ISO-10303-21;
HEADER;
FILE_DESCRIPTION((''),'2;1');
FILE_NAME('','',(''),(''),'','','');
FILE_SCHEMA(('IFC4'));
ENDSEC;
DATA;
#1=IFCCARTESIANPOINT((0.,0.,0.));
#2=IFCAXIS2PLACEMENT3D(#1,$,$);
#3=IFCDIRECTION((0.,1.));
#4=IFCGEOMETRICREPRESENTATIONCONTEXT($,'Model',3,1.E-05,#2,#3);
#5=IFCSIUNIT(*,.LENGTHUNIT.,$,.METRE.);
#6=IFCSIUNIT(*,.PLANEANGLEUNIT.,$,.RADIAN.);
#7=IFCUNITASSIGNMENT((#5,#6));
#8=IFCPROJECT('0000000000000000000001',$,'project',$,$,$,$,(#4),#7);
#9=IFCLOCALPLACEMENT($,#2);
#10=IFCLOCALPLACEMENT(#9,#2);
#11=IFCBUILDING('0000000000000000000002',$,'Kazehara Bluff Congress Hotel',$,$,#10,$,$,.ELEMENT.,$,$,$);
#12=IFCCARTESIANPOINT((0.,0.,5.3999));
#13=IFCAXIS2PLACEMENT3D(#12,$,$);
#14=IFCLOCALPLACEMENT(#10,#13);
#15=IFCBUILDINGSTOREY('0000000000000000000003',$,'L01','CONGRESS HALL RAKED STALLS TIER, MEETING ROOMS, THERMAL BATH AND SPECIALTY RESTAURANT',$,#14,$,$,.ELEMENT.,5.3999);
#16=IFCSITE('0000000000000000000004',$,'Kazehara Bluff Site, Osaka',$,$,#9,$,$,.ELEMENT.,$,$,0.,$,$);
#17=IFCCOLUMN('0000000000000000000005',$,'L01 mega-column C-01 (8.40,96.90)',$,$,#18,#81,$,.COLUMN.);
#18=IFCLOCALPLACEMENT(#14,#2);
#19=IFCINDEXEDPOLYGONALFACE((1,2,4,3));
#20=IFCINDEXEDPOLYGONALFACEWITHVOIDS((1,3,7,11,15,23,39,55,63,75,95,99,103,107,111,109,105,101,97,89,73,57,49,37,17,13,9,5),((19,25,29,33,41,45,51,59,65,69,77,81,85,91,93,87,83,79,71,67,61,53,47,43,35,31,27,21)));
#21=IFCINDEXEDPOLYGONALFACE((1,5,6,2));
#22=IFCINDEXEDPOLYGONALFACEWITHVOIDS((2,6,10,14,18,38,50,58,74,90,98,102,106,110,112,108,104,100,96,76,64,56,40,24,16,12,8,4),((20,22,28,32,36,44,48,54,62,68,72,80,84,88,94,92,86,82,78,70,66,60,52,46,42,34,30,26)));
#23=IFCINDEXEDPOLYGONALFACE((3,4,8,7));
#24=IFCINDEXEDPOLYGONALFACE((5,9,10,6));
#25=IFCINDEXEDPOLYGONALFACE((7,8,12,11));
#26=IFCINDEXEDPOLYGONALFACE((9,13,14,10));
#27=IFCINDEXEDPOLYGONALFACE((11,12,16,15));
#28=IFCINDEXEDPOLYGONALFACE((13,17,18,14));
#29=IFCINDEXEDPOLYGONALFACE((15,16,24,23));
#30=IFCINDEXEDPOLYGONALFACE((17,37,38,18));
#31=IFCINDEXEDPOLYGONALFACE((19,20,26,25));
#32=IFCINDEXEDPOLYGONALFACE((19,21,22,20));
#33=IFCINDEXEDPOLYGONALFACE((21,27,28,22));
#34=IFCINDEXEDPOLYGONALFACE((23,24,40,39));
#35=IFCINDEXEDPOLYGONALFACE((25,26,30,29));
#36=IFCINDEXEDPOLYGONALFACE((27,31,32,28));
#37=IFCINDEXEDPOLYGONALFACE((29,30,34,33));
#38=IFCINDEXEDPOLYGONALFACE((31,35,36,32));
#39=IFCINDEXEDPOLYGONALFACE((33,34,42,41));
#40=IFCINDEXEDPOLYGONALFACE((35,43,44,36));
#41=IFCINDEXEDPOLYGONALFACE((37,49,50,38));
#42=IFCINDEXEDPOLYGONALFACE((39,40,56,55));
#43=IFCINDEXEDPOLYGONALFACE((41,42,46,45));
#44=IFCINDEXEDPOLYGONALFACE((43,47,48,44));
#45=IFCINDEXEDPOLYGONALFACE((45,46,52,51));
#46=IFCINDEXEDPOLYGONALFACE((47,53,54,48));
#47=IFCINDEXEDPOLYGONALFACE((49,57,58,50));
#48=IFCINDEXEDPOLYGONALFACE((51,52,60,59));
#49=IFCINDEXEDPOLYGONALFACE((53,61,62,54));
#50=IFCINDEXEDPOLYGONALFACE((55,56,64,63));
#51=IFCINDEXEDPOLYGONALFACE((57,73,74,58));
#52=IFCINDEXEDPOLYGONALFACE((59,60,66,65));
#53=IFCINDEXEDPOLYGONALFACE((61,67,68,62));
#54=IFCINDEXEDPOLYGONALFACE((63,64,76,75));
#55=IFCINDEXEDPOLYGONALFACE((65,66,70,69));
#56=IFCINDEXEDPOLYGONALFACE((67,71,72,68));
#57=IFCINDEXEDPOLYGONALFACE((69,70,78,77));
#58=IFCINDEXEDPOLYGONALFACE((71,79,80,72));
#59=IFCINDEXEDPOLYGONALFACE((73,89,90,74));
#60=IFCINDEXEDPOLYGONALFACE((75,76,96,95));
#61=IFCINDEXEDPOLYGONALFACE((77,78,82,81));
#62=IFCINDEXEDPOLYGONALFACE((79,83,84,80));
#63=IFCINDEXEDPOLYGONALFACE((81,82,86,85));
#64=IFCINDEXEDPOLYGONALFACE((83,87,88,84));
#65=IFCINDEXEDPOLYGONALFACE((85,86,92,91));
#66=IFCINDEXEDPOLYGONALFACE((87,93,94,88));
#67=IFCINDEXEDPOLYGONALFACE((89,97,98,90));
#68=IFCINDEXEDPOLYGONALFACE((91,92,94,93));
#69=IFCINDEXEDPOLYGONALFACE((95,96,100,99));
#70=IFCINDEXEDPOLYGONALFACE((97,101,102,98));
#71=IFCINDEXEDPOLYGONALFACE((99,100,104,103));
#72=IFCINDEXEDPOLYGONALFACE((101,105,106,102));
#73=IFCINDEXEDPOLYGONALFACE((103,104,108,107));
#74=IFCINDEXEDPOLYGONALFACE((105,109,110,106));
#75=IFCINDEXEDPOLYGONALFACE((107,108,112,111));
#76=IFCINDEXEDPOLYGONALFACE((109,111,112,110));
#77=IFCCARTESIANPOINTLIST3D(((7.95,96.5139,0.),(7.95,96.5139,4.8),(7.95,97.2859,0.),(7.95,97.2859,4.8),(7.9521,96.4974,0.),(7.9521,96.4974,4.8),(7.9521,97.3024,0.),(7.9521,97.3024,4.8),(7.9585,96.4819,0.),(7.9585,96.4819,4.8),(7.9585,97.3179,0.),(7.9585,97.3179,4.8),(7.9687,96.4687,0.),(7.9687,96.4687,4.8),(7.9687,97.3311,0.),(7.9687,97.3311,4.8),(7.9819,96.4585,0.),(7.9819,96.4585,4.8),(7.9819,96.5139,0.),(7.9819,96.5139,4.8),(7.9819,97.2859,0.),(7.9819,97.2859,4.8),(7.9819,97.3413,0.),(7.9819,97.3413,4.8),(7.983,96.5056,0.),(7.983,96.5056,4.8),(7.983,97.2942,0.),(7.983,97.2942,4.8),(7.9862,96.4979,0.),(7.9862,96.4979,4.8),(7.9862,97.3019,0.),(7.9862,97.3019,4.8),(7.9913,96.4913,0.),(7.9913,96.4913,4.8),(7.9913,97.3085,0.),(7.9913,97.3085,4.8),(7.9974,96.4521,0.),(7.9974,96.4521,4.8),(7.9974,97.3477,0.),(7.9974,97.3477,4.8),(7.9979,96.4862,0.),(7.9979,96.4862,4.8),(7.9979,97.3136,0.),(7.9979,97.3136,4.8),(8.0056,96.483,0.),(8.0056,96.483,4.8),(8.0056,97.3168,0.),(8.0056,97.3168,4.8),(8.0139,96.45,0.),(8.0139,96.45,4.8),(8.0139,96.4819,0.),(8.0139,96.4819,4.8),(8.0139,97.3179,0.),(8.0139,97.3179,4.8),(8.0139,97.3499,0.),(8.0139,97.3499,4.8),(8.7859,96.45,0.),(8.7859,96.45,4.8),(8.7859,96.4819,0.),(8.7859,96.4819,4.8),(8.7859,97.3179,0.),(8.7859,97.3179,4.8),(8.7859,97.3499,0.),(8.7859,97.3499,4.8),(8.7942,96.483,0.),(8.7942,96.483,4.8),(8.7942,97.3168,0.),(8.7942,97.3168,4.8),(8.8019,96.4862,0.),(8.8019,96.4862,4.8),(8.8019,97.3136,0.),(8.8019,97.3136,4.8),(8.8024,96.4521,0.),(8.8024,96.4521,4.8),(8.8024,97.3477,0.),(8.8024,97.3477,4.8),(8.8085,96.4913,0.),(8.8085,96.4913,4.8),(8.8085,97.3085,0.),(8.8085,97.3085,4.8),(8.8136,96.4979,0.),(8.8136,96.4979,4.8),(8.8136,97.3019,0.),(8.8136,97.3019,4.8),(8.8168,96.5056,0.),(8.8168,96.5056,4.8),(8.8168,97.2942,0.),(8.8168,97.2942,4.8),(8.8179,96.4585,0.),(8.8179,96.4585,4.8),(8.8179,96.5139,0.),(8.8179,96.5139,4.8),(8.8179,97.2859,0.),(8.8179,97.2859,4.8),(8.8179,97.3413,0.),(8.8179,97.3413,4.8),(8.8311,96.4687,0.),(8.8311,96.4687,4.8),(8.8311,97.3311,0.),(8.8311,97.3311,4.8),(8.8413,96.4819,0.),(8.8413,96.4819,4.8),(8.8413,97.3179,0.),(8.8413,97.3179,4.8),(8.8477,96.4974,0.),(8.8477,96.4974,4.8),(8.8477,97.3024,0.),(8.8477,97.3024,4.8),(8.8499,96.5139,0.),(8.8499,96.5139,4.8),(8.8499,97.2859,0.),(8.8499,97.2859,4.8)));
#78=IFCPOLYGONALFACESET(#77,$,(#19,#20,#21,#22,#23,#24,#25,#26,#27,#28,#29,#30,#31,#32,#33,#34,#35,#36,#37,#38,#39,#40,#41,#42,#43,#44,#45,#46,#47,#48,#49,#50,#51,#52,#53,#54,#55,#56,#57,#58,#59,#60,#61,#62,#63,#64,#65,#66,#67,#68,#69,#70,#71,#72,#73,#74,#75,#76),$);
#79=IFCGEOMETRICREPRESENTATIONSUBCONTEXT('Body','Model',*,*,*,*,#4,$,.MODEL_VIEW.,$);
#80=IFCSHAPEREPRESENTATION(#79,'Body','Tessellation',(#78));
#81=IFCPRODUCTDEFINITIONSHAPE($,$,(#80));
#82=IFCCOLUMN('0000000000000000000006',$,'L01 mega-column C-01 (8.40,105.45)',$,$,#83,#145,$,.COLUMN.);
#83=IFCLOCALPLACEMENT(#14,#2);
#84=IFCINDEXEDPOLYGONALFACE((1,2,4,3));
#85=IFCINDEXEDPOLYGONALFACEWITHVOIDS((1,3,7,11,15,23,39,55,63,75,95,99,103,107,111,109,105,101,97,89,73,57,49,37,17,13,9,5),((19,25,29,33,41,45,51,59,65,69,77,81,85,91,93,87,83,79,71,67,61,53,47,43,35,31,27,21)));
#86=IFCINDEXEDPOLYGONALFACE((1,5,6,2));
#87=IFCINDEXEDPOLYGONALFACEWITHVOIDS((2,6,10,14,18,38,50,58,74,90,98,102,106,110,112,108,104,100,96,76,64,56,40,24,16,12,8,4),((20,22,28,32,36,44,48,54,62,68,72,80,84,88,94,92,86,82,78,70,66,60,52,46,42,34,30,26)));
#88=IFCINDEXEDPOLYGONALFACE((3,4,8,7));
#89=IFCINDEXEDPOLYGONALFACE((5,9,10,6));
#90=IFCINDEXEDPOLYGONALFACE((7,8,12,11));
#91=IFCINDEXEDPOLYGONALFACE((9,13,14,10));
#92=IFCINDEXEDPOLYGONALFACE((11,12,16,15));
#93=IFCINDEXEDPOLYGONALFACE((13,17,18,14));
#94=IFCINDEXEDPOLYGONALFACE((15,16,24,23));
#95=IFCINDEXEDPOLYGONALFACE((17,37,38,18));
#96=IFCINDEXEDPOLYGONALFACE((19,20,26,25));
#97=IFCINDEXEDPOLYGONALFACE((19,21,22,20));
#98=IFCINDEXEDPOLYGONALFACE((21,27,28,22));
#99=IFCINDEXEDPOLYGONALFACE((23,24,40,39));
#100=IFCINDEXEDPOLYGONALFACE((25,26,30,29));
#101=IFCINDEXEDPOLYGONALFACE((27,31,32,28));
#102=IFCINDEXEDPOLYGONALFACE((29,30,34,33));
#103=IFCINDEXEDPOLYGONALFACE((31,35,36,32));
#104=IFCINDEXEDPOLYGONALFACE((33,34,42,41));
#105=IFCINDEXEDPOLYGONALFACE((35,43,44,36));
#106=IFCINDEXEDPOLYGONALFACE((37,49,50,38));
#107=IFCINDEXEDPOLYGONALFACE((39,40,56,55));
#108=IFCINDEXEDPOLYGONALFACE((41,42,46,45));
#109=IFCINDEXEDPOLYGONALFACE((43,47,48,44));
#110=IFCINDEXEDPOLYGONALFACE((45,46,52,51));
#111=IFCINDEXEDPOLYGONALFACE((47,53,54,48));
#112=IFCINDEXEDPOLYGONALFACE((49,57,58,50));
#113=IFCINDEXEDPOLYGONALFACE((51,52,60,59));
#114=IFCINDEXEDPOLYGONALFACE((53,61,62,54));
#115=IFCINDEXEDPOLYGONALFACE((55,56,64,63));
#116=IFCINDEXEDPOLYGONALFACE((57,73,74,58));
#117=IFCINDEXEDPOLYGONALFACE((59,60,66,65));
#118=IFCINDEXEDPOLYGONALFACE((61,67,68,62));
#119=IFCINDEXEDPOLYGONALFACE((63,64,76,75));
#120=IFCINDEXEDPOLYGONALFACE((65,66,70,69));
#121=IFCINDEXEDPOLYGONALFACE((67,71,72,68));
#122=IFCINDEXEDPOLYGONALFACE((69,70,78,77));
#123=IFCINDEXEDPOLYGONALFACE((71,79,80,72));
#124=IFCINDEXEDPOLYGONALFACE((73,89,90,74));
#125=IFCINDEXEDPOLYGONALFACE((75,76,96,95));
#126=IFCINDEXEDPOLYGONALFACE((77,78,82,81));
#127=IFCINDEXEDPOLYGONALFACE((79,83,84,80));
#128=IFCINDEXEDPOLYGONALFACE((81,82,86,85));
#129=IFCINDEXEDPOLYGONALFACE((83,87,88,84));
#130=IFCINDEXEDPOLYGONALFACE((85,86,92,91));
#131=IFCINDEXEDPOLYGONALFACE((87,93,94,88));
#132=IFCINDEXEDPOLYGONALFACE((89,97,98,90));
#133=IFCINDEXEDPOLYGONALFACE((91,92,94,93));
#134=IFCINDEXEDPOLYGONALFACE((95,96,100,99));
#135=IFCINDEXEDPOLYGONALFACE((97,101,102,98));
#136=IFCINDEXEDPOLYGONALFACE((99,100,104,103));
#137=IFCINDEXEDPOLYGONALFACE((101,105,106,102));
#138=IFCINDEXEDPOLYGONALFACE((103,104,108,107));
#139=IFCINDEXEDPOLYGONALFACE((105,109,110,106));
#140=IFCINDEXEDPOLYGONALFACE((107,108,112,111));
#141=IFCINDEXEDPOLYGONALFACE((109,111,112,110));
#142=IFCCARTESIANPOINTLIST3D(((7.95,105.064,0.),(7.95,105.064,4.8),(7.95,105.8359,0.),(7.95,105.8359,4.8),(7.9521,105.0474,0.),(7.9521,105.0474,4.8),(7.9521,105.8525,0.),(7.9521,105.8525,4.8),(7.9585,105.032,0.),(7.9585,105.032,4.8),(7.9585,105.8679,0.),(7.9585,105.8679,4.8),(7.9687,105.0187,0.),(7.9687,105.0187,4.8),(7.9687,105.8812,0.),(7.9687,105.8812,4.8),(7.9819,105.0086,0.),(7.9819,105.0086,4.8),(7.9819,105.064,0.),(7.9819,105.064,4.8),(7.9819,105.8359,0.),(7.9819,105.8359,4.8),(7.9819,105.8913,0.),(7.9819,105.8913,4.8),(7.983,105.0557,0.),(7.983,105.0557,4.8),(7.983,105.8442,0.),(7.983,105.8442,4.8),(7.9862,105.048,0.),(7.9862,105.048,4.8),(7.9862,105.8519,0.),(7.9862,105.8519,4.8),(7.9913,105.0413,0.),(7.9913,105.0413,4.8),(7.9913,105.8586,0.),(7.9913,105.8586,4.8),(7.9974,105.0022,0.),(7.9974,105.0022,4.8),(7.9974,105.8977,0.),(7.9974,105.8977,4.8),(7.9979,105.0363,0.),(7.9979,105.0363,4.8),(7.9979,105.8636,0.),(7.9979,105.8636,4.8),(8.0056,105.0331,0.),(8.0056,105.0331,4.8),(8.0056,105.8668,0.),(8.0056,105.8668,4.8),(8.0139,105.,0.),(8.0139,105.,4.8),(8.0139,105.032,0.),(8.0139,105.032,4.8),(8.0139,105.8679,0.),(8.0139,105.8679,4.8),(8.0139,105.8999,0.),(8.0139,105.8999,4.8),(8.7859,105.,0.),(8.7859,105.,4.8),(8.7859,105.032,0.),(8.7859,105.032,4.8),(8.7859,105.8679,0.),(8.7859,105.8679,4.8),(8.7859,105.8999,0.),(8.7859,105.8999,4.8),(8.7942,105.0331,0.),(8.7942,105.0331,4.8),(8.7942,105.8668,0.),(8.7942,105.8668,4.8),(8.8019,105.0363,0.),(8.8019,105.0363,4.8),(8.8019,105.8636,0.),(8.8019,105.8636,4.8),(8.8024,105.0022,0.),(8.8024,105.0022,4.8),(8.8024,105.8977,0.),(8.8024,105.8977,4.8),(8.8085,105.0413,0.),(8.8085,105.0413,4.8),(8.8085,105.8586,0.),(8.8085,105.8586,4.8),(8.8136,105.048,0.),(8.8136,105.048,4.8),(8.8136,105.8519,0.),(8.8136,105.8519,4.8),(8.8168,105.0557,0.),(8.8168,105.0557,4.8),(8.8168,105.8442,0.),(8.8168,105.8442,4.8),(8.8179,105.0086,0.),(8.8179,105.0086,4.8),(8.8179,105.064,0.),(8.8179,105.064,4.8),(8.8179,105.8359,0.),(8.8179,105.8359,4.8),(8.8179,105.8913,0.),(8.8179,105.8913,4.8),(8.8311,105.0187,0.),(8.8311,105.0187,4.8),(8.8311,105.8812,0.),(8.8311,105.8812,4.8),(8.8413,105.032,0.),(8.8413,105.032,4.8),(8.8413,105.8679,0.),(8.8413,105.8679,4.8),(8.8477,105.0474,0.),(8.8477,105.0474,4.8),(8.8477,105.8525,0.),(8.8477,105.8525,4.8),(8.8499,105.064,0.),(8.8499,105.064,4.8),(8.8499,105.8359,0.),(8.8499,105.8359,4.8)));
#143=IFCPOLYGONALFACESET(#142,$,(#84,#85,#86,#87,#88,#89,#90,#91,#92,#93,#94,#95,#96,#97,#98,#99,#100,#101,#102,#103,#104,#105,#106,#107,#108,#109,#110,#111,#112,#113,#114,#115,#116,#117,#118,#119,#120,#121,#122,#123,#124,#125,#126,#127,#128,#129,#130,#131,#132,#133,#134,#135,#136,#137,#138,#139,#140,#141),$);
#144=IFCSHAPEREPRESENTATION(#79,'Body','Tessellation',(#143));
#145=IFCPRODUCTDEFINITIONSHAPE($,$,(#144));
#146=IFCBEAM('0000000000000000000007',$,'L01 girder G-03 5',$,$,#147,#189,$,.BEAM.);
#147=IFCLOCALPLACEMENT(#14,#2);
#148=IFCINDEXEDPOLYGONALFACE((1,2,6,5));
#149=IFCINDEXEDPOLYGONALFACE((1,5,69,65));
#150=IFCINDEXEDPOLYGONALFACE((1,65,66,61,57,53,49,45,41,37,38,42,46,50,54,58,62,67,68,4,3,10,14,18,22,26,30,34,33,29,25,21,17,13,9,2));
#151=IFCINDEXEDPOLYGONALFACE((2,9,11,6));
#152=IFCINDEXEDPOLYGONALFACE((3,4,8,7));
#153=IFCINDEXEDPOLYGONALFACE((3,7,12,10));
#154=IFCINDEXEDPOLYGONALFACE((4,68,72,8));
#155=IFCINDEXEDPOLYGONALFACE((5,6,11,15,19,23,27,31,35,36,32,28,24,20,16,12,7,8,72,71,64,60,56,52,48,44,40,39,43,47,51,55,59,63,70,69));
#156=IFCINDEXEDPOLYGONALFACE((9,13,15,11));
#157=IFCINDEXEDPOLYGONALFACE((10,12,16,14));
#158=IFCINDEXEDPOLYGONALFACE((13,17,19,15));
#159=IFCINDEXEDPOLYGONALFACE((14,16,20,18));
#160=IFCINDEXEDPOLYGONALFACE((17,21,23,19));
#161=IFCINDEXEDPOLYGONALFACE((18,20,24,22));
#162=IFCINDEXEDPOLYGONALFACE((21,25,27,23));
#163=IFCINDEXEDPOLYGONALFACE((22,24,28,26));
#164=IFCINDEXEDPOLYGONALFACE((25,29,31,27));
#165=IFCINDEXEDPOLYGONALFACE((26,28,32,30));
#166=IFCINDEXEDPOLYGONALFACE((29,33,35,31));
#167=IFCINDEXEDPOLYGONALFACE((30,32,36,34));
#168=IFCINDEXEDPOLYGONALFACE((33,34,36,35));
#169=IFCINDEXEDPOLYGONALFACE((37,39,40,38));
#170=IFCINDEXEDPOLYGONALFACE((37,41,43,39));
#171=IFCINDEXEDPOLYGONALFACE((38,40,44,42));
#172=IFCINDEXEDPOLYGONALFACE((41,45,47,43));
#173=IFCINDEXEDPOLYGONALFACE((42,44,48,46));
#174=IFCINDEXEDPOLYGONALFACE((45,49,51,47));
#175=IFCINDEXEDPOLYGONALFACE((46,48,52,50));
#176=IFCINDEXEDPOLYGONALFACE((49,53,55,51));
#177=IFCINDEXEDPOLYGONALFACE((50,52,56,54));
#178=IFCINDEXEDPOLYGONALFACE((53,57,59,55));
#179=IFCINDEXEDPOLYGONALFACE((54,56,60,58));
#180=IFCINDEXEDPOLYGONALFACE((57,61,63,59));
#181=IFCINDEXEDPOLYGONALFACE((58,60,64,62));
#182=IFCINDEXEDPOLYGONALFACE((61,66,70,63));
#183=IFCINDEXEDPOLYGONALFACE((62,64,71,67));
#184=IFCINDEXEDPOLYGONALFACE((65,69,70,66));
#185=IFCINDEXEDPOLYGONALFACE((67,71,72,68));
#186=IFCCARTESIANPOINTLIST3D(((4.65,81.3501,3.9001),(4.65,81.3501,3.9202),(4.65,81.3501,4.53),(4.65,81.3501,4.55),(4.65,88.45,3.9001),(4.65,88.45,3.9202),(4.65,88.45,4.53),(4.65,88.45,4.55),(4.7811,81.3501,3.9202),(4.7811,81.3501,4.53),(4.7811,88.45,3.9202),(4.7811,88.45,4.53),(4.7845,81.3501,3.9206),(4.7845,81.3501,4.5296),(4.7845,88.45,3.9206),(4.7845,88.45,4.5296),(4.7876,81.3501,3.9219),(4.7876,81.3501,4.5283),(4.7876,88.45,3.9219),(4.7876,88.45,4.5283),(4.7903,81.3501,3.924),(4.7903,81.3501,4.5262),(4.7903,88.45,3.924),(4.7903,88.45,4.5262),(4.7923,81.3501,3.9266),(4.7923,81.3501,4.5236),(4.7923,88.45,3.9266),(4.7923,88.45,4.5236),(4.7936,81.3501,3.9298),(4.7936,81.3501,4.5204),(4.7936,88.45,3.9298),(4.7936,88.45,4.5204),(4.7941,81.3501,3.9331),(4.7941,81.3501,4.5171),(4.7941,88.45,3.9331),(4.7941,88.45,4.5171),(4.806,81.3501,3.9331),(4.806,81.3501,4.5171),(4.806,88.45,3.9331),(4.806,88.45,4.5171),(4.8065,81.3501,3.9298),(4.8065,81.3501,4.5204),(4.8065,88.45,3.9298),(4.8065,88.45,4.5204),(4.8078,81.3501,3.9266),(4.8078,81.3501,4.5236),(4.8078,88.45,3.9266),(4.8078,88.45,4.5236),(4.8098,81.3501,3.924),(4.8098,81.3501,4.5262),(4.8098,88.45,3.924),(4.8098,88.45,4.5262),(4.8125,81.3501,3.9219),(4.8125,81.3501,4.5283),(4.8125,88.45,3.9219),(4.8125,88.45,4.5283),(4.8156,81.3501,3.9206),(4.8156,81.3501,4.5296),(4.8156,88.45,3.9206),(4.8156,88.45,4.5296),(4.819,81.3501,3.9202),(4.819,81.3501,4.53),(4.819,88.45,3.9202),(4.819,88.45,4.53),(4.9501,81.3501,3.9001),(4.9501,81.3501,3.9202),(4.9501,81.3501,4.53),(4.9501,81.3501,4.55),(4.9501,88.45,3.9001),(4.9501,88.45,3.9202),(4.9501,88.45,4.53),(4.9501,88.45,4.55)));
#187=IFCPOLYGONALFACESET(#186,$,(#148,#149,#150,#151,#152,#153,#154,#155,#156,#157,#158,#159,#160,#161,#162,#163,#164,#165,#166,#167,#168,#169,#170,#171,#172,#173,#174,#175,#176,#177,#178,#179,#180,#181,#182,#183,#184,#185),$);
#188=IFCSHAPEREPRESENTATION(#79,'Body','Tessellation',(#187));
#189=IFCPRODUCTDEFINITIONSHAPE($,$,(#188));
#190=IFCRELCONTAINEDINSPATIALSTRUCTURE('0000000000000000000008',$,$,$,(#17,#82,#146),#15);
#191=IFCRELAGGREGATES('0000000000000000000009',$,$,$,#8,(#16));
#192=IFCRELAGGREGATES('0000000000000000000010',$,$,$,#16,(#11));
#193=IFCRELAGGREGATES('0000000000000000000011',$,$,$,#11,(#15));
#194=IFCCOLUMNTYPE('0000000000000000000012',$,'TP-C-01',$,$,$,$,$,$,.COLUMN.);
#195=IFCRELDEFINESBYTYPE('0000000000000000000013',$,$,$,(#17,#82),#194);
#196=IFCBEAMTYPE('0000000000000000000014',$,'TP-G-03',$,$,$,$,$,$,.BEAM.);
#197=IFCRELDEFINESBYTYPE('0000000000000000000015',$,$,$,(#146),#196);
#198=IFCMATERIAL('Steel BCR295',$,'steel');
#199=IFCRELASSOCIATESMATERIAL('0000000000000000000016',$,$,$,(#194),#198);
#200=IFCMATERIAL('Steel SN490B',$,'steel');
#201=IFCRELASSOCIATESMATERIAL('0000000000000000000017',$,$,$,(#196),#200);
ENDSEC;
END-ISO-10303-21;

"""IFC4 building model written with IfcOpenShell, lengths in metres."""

from ifc_helpers import new_model, si_unit, direction, frame, origin, origin_2d, place, context, subcontext, project, spatial, hollow_rectangle, i_section, extrude, material, material_profile, profile_set, type_object, element, save


model = new_model("IFC4")

# Units and contexts
model_context = context("Model", 3, precision=1e-05, world=origin(), true_north=direction((0.0, 1.0)))
body_context = subcontext(model_context, "Body", "Model", "MODEL_VIEW")
ifc_project = project(units=[si_unit("LENGTHUNIT", "METRE"), si_unit("PLANEANGLEUNIT", "RADIAN")], contexts=[model_context])

# Site, building, storey
site_placement = place(None, origin())
site = spatial("IfcSite", under=ifc_project, at=site_placement, Name="Kazehara Bluff Site, Osaka", CompositionType="ELEMENT", RefElevation=0.0)
building_placement = place(site_placement, origin())
building = spatial("IfcBuilding", under=site, at=building_placement, Name="Kazehara Bluff Congress Hotel", CompositionType="ELEMENT")
storey_placement = place(building_placement, frame((0.0, 0.0, 5.3999)))
storey = spatial("IfcBuildingStorey", under=building, at=storey_placement, Name="L01", Description="CONGRESS HALL RAKED STALLS TIER, MEETING ROOMS, THERMAL BATH AND SPECIALTY RESTAURANT", CompositionType="ELEMENT", Elevation=5.3999)

# Columns
ifc_material_1 = material(Name="Steel BCR295", Category="steel")
ifc_material_profile_1 = material_profile(ifc_material_1, hollow_rectangle(XDim=0.8999, YDim=0.8999, WallThickness=0.032, InnerFilletRadius=0.032, OuterFilletRadius=0.064, at=origin_2d()))
ifc_profile_set_1 = profile_set([ifc_material_profile_1], Name="Steel BCR295")
column_type = type_object("IfcColumnType", Name="TP-C-01", PredefinedType="COLUMN", material=ifc_profile_set_1)
for number, where, z_axis, x_axis, name in (
    (1, (8.3999, 96.8999, 0.0), (0.0, 0.0, 1.0), (1.0, 0.0, 0.0), "L01 mega-column C-01 (8.40,96.90)"),
    (2, (8.3999, 105.45, 0.0), (0.0, 0.0, 1.0), (1.0, 0.0, 0.0), "L01 mega-column C-01 (8.40,105.45)"),
):
    element("IfcColumn", number, at=place(storey_placement, frame(where, z_axis=z_axis, x_axis=x_axis)), inside=storey, type_object=column_type, Name=name, PredefinedType="COLUMN", context=body_context, shape_type="SweptSolid", body=[
        extrude(hollow_rectangle(XDim=0.8999, YDim=0.8999, WallThickness=0.032, InnerFilletRadius=0.032, OuterFilletRadius=0.064, at=origin_2d()), origin(), (0.0, 0.0, 1.0), 4.8),
    ])

# Beam
ifc_material_2 = material(Name="Steel SN490B", Category="steel")
ifc_material_profile_2 = material_profile(ifc_material_2, i_section(OverallWidth=0.3, OverallDepth=0.6499, WebThickness=0.012, FlangeThickness=0.02, FilletRadius=0.0129, at=origin_2d()))
ifc_profile_set_2 = profile_set([ifc_material_profile_2], Name="Steel SN490B")
beam_type_1 = type_object("IfcBeamType", Name="TP-G-03", PredefinedType="BEAM", material=ifc_profile_set_2)
for number, where, z_axis, x_axis, name in (
    (3, (4.8, 81.3501, 4.2251), (0.0, 1.0, 0.0), (-1.0, 0.0, 0.0), "L01 girder G-03 5"),
):
    element("IfcBeam", number, at=place(storey_placement, frame(where, z_axis=z_axis, x_axis=x_axis)), inside=storey, type_object=beam_type_1, Name=name, PredefinedType="BEAM", context=body_context, shape_type="SweptSolid", body=[
        extrude(i_section(OverallWidth=0.3, OverallDepth=0.6499, WebThickness=0.012, FlangeThickness=0.02, FilletRadius=0.0129, at=origin_2d()), origin(), (0.0, 0.0, 1.0), 7.0999),
    ])

save(model, "model.ifc")
